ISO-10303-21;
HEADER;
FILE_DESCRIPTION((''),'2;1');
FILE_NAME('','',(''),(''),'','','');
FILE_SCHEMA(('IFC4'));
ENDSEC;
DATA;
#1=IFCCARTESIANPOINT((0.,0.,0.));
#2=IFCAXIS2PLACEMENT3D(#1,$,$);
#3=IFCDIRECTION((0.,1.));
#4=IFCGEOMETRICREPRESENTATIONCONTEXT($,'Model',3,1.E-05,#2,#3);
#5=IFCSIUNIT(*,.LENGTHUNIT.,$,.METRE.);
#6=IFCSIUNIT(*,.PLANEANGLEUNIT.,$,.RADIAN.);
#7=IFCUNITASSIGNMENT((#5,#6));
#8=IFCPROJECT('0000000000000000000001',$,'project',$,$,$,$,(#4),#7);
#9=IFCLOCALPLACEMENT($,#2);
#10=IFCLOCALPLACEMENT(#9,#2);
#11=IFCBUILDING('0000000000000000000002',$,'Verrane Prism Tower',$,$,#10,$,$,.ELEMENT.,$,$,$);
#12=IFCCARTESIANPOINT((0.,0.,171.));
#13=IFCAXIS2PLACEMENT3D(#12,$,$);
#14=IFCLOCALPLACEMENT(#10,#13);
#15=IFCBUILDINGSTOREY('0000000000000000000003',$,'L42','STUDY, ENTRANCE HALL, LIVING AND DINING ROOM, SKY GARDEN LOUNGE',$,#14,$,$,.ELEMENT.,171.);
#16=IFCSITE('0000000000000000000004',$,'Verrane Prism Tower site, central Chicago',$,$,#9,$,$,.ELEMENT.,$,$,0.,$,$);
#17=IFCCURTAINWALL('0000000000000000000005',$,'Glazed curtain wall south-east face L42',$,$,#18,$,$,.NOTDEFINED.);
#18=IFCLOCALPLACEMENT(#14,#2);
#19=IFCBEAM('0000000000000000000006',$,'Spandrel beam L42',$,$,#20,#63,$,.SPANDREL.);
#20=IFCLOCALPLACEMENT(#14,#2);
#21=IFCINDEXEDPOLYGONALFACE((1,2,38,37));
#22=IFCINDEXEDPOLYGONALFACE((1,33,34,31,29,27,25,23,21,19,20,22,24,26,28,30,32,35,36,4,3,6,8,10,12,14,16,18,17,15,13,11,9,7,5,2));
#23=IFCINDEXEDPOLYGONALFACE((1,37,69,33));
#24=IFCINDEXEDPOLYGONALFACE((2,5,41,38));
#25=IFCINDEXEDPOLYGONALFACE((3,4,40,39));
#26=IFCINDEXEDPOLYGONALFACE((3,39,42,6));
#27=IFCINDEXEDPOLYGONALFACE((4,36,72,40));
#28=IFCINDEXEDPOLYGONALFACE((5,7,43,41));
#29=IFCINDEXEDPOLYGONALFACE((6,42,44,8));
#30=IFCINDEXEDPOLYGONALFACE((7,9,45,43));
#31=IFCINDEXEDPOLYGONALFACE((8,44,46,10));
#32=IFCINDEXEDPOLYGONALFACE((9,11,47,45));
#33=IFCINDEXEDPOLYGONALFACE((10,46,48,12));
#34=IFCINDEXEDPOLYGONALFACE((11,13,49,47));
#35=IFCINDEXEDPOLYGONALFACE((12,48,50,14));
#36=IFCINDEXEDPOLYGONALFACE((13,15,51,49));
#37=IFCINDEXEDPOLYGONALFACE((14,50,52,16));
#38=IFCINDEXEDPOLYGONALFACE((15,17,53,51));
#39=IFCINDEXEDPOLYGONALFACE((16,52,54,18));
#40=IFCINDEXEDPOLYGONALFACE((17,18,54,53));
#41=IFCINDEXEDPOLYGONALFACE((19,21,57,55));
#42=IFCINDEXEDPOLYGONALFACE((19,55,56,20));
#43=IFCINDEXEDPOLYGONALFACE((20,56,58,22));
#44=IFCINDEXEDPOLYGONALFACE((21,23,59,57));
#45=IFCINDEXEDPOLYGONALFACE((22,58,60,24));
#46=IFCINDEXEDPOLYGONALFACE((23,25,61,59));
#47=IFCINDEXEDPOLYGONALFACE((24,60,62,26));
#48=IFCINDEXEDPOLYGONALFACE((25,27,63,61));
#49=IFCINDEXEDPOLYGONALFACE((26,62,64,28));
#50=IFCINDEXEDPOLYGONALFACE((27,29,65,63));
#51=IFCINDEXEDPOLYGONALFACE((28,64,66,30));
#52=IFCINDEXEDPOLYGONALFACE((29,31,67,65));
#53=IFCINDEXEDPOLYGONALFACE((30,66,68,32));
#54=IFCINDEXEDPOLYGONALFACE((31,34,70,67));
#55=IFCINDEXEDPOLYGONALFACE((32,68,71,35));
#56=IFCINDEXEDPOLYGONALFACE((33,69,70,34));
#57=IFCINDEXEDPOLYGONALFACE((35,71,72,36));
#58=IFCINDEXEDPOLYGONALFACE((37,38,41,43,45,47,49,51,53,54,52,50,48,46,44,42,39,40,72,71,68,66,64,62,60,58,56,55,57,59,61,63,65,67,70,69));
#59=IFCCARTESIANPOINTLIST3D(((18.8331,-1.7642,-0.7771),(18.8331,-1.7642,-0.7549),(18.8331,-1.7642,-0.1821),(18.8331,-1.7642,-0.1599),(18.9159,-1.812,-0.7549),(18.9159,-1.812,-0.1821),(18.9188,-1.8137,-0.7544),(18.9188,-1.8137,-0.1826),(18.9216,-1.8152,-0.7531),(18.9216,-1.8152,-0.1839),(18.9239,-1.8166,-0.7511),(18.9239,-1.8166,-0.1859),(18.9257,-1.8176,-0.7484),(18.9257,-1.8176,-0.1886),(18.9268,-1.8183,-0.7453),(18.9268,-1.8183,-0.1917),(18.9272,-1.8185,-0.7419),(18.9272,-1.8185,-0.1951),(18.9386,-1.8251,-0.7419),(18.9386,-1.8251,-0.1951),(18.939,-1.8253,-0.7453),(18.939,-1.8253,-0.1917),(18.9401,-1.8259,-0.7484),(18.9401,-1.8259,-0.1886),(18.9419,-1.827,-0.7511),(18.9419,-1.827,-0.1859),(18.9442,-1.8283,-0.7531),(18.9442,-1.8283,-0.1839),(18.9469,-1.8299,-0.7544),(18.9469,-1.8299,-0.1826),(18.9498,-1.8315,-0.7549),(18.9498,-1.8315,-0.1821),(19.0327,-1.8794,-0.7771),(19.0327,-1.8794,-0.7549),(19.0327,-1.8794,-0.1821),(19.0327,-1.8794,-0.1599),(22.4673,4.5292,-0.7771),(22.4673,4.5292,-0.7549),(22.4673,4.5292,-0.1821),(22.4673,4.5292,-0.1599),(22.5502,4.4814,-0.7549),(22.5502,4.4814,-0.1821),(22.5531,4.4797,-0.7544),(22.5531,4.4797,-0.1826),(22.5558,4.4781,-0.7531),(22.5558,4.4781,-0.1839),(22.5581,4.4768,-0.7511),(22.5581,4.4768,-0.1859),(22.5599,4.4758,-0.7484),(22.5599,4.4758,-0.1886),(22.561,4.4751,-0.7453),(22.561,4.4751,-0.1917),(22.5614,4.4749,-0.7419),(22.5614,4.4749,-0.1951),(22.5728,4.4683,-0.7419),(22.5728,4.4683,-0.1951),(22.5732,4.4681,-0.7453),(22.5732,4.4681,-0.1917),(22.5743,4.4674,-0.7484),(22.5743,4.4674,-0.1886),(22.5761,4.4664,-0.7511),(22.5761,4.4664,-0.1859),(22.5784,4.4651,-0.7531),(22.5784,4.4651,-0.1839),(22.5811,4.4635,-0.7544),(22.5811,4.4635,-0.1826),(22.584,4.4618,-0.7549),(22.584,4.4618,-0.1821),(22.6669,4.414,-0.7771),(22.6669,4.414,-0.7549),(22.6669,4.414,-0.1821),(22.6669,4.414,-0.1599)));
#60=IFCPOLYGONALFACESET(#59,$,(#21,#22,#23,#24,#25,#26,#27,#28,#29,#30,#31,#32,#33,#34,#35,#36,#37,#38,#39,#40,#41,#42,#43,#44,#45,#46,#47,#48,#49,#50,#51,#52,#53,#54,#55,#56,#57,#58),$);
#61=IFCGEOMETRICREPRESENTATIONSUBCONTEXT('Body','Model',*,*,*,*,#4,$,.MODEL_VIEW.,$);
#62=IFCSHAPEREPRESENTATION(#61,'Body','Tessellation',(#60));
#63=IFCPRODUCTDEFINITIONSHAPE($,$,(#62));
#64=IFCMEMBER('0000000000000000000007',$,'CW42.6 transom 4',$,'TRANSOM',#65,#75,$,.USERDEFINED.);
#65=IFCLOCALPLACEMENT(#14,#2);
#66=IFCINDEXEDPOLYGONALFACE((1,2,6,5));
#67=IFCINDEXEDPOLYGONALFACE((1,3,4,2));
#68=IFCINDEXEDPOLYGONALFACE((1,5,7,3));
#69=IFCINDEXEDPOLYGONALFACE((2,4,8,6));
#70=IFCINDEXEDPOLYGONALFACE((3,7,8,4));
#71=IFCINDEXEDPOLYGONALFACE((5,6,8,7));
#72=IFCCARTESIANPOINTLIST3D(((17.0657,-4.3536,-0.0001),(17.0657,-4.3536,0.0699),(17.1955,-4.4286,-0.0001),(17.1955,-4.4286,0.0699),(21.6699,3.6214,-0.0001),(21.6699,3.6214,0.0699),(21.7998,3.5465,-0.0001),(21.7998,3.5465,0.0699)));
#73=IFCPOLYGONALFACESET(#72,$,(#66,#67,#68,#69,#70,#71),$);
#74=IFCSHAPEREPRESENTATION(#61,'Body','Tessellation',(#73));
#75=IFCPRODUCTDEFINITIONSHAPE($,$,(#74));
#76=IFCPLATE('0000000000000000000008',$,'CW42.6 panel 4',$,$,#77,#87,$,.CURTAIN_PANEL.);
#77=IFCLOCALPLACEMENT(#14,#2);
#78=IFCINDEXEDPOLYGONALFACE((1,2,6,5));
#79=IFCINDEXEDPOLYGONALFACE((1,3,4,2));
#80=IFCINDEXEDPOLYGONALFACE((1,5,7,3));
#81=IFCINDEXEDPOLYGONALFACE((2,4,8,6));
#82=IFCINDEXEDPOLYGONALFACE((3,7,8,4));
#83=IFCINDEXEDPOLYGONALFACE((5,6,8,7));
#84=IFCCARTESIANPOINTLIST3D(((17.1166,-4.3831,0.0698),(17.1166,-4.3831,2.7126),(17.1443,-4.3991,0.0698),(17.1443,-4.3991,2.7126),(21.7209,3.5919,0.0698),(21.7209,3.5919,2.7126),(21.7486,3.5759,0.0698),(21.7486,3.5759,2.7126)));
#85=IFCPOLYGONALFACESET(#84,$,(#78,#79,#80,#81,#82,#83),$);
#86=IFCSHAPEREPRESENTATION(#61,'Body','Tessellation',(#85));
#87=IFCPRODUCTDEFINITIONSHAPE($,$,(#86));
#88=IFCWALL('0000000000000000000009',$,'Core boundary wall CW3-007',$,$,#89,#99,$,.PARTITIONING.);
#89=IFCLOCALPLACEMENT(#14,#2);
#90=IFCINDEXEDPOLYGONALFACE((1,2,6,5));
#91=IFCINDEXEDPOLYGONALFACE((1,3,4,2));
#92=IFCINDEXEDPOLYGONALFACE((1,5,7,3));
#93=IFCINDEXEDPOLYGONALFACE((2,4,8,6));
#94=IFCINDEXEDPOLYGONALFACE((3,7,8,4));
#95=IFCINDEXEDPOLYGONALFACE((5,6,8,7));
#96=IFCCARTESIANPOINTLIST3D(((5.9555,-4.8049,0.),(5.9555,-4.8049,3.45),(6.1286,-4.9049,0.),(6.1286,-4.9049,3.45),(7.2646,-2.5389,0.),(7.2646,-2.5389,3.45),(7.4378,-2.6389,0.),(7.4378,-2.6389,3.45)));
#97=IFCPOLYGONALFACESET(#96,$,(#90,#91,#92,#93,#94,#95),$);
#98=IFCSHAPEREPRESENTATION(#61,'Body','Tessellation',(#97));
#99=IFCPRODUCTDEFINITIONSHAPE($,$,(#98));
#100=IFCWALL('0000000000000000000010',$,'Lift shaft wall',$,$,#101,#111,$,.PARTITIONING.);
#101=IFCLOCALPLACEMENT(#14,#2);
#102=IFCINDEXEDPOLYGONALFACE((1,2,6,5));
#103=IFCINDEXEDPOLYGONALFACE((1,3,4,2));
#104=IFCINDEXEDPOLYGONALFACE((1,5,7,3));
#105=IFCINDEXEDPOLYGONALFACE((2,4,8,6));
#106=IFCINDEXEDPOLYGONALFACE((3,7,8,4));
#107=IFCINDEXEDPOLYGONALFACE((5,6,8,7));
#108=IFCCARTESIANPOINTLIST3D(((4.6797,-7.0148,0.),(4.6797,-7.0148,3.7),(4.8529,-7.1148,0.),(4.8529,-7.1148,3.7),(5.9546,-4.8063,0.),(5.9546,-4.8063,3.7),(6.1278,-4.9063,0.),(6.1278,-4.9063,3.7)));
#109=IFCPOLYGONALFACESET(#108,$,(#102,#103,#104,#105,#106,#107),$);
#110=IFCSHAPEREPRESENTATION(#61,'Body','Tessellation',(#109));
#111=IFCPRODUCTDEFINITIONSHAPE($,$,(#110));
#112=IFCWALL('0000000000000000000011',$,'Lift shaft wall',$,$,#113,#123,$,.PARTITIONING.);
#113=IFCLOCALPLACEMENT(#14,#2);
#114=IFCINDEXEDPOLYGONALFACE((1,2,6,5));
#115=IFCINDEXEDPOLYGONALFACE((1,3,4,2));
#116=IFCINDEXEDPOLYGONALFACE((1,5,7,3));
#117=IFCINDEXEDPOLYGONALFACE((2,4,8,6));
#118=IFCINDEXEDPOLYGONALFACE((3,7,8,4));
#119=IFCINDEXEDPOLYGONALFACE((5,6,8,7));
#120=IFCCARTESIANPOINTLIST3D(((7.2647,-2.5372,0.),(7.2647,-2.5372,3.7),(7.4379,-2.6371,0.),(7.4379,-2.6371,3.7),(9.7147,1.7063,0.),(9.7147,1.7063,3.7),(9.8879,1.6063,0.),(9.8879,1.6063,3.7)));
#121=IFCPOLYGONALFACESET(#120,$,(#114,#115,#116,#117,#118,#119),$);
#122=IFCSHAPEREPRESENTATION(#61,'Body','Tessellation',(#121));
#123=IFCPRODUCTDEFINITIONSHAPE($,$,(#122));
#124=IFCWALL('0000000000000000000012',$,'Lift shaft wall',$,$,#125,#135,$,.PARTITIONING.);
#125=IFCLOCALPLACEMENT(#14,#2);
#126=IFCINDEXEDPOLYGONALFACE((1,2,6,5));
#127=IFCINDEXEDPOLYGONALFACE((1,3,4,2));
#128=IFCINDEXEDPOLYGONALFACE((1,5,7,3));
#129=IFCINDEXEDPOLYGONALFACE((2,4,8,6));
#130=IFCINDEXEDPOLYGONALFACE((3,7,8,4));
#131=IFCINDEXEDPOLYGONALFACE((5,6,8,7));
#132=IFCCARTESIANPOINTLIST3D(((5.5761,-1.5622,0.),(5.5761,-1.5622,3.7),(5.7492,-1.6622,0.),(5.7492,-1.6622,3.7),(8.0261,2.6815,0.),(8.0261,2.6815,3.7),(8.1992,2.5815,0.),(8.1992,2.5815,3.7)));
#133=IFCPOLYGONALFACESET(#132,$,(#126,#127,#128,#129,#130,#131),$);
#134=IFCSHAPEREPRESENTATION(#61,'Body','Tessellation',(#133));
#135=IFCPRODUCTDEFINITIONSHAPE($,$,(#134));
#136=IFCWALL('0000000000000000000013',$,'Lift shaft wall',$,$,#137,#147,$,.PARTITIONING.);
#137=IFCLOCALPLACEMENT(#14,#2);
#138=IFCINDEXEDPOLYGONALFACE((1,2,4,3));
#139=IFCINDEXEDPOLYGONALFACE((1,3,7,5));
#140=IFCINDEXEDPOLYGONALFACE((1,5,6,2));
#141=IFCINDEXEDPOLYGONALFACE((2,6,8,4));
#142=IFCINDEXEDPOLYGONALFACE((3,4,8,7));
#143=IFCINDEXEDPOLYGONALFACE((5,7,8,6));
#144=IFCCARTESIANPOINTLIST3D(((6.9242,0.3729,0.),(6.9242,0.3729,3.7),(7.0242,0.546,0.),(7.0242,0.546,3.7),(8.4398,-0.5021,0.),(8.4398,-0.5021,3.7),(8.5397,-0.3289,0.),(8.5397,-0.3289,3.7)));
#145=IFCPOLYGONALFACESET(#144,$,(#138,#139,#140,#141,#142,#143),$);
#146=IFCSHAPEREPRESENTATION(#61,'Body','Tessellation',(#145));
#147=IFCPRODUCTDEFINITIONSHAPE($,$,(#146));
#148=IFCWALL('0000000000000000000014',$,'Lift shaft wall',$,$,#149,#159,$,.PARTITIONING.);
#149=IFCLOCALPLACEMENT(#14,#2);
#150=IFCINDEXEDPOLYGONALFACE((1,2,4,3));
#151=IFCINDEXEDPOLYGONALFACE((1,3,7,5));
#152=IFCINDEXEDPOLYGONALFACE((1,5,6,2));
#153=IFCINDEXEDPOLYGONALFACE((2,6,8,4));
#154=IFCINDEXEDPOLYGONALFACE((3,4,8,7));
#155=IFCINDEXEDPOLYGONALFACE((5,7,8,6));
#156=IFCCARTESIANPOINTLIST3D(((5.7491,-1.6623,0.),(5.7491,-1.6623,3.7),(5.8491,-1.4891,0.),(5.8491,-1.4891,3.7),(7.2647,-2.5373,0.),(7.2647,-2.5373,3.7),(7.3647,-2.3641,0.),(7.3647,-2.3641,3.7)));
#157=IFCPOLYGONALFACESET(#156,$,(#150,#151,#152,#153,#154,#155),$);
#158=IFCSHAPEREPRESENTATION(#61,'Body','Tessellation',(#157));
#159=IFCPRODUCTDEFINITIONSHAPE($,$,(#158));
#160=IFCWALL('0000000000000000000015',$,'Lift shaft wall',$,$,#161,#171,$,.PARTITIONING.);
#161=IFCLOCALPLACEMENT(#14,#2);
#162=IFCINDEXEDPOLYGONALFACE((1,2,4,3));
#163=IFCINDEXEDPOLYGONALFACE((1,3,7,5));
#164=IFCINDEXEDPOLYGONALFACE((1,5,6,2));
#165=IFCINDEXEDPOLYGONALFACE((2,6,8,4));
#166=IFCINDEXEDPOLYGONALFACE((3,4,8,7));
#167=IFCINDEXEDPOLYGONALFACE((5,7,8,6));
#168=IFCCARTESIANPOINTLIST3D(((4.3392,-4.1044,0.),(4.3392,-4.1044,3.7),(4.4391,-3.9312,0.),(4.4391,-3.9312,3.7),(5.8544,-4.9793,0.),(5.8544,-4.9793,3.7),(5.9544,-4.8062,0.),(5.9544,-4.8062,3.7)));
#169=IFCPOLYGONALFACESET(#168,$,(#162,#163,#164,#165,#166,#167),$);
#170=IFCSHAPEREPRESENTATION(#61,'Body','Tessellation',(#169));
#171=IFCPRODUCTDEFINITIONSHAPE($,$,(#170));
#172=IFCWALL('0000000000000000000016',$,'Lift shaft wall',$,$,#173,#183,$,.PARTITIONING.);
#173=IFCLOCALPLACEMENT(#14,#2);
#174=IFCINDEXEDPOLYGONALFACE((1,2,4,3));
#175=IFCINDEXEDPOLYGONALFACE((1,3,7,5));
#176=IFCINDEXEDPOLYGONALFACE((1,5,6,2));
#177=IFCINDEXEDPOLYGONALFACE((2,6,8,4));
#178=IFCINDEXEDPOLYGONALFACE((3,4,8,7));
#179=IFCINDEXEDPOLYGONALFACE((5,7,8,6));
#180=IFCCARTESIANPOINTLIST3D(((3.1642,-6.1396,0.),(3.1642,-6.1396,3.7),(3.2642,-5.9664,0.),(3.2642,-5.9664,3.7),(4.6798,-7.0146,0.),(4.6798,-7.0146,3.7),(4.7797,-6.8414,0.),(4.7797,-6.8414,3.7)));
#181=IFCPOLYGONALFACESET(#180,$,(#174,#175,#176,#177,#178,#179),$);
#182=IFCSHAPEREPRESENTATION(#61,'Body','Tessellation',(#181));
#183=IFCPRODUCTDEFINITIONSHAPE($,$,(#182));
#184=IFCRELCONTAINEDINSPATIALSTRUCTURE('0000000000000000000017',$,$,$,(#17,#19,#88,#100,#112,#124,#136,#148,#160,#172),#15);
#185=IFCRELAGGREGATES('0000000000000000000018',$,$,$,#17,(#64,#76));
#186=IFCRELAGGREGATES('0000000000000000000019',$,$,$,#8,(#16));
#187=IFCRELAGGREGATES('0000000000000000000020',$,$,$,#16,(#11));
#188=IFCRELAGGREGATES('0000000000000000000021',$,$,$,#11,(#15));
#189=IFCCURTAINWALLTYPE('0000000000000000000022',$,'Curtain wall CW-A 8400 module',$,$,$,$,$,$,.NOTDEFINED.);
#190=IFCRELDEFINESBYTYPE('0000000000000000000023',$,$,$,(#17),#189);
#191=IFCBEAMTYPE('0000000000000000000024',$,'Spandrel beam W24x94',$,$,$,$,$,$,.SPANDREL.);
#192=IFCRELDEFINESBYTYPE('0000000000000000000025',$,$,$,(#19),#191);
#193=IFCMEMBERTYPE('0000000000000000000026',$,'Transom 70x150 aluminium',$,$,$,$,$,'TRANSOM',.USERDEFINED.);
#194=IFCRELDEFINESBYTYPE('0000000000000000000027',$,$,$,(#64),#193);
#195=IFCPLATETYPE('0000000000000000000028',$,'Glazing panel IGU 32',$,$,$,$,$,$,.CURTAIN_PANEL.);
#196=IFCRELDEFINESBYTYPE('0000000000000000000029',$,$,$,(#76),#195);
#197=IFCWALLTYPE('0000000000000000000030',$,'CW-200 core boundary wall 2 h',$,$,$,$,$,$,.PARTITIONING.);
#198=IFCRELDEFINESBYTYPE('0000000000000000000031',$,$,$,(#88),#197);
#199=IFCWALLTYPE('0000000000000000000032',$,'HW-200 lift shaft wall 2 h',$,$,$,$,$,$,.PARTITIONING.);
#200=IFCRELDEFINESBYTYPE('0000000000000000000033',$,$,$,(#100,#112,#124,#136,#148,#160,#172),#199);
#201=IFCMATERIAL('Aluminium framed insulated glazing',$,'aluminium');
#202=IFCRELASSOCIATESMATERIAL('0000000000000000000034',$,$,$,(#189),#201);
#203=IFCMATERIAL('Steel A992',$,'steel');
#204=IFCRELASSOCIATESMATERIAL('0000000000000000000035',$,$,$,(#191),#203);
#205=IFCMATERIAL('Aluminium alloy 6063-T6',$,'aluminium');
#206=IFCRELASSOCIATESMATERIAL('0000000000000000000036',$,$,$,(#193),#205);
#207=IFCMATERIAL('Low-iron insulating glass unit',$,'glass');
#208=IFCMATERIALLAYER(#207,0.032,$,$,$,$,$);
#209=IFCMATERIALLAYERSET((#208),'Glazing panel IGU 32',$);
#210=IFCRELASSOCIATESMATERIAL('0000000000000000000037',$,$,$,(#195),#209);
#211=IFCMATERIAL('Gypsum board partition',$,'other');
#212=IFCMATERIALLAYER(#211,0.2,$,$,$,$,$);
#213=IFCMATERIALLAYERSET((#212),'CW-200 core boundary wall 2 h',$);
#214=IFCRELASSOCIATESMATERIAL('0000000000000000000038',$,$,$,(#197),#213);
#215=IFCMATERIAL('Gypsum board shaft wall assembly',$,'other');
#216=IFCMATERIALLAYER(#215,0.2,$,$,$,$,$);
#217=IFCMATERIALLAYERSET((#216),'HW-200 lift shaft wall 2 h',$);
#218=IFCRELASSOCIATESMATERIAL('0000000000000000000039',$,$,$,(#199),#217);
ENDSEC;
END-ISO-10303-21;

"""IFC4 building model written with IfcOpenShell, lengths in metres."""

from ifc_helpers import new_model, si_unit, direction, frame, frame_2d, origin, origin_2d, place, context, subcontext, project, spatial, rectangle, i_section, extrude, material, layer, layer_set, material_profile, profile_set, type_object, element, aggregate, save


model = new_model("IFC4")

# Units and contexts
model_context = context("Model", 3, precision=1e-05, world=origin(), true_north=direction((0.0, 1.0)))
body_context = subcontext(model_context, "Body", "Model", "MODEL_VIEW")
ifc_project = project(units=[si_unit("LENGTHUNIT", "METRE"), si_unit("PLANEANGLEUNIT", "RADIAN")], contexts=[model_context])

# Site, building, storey
site_placement = place(None, origin())
site = spatial("IfcSite", under=ifc_project, at=site_placement, Name="Verrane Prism Tower site, central Chicago", CompositionType="ELEMENT", RefElevation=0.0)
building_placement = place(site_placement, origin())
building = spatial("IfcBuilding", under=site, at=building_placement, Name="Verrane Prism Tower", CompositionType="ELEMENT")
storey_placement = place(building_placement, frame((0.0, 0.0, 171.0)))
storey = spatial("IfcBuildingStorey", under=building, at=storey_placement, Name="L42", Description="STUDY, ENTRANCE HALL, LIVING AND DINING ROOM, SKY GARDEN LOUNGE", CompositionType="ELEMENT", Elevation=171.0)

# Curtain wall
ifc_material_1 = material(Name="Aluminium framed insulated glazing", Category="aluminium")
curtain_wall_type = type_object("IfcCurtainWallType", Name="Curtain wall CW-A 8400 module", PredefinedType="NOTDEFINED", material=ifc_material_1)
curtain_wall_placement = place(storey_placement, origin())
curtain_wall = element("IfcCurtainWall", 1, at=curtain_wall_placement, inside=storey, type_object=curtain_wall_type, Name="Glazed curtain wall south-east face L42", PredefinedType="NOTDEFINED")

# Beam
ifc_material_2 = material(Name="Steel A992", Category="steel")
ifc_material_profile_1 = material_profile(ifc_material_2, i_section(OverallWidth=0.2305, OverallDepth=0.6172, WebThickness=0.0132, FlangeThickness=0.0222, FilletRadius=0.0129, at=origin_2d()), Name="W24x94")
ifc_profile_set_1 = profile_set([ifc_material_profile_1], Name="Steel A992")
beam_type_1 = type_object("IfcBeamType", Name="Spandrel beam W24x94", PredefinedType="SPANDREL", material=ifc_profile_set_1)
beam_1_placement = place(storey_placement, frame((18.9329, -1.8218, -0.4685), z_axis=(0.500077, 0.865981, 0.0), x_axis=(-0.865981, 0.500077, 0.0)))
element("IfcBeam", 2, at=beam_1_placement, inside=storey, type_object=beam_type_1, Name="Spandrel beam L42", PredefinedType="SPANDREL", context=body_context, shape_type="SweptSolid", body=[
    extrude(i_section(OverallWidth=0.2305, OverallDepth=0.6172, WebThickness=0.0132, FlangeThickness=0.0222, FilletRadius=0.0129, at=origin_2d()), origin(), (0.0, 0.0, 1.0), 7.2673),
])

# Member
ifc_material_3 = material(Name="Aluminium alloy 6063-T6", Category="aluminium")
ifc_material_profile_2 = material_profile(ifc_material_3, rectangle(XDim=0.1499, YDim=0.0701, at=origin_2d()), Name="Transom 70x150 aluminium")
ifc_profile_set_2 = profile_set([ifc_material_profile_2], Name="Aluminium alloy 6063-T6")
member_type_1 = type_object("IfcMemberType", Name="Transom 70x150 aluminium", ElementType="TRANSOM", PredefinedType="USERDEFINED", material=ifc_profile_set_2)
member_1_placement = place(storey_placement, frame((17.1306, -4.3911, 0.0349), z_axis=(0.499986, 0.866034, 0.0), x_axis=(-0.866034, 0.499986, 0.0)))
member_1 = element("IfcMember", 3, at=member_1_placement, type_object=member_type_1, Name="CW42.6 transom 4", ObjectType="TRANSOM", PredefinedType="USERDEFINED", context=body_context, shape_type="SweptSolid", body=[
    extrude(rectangle(XDim=0.1499, YDim=0.0701, at=origin_2d()), origin(), (0.0, 0.0, 1.0), 9.2087),
])

# Plate
ifc_material_4 = material(Name="Low-iron insulating glass unit", Category="glass")
ifc_layer_1 = layer(ifc_material_4, 0.032)
ifc_layer_set_1 = layer_set([ifc_layer_1], Name="Glazing panel IGU 32")
plate_type = type_object("IfcPlateType", Name="Glazing panel IGU 32", PredefinedType="CURTAIN_PANEL", material=ifc_layer_set_1)
plate_placement = place(storey_placement, frame((19.4326, -0.4036, 0.0698), z_axis=(0.0, 0.0, 1.0), x_axis=(0.499998, 0.866026, 0.0)))
plate = element("IfcPlate", 4, at=plate_placement, type_object=plate_type, Name="CW42.6 panel 4", PredefinedType="CURTAIN_PANEL", context=body_context, shape_type="SweptSolid", body=[
    extrude(rectangle(XDim=9.2087, YDim=0.032, at=origin_2d()), origin(), (0.0, 0.0, 1.0), 2.6428),
])
aggregate(curtain_wall, [member_1, plate])

# Walls
ifc_material_5 = material(Name="Gypsum board partition", Category="other")
ifc_layer_2 = layer(ifc_material_5, 0.2)
ifc_layer_set_2 = layer_set([ifc_layer_2], Name="CW-200 core boundary wall 2 h")
wall_type_1 = type_object("IfcWallType", Name="CW-200 core boundary wall 2 h", PredefinedType="PARTITIONING", material=ifc_layer_set_2)
wall_1_placement = place(storey_placement, frame((6.042, -4.855, 0.0), z_axis=(0.0, 0.0, 1.0), x_axis=(0.500253, 0.865879, 0.0)))
element("IfcWall", 5, at=wall_1_placement, inside=storey, type_object=wall_type_1, Name="Core boundary wall CW3-007", PredefinedType="PARTITIONING", context=body_context, shape_type="SweptSolid", body=[
    extrude(rectangle(XDim=2.6169, YDim=0.2, at=frame_2d((1.3086, 0.0))), origin(), (0.0, 0.0, 1.0), 3.45),
])
ifc_material_6 = material(Name="Gypsum board shaft wall assembly", Category="other")
ifc_layer_3 = layer(ifc_material_6, 0.2)
ifc_layer_set_3 = layer_set([ifc_layer_3], Name="HW-200 lift shaft wall 2 h")
wall_type_2 = type_object("IfcWallType", Name="HW-200 lift shaft wall 2 h", PredefinedType="PARTITIONING", material=ifc_layer_set_3)
wall_2_placement = place(storey_placement, frame((4.7664, -7.0647, 0.0), z_axis=(0.0, 0.0, 1.0), x_axis=(0.499949, 0.866055, 0.0)))
element("IfcWall", 6, at=wall_2_placement, inside=storey, type_object=wall_type_2, Name="Lift shaft wall", PredefinedType="PARTITIONING", context=body_context, shape_type="SweptSolid", body=[
    extrude(rectangle(XDim=2.55, YDim=0.2, at=frame_2d((1.2749, 0.0))), origin(), (0.0, 0.0, 1.0), 3.7),
])
wall_3_placement = place(storey_placement, frame((7.3513, -2.5872, 0.0), z_axis=(0.0, 0.0, 1.0), x_axis=(0.500003, 0.866024, 0.0)))
element("IfcWall", 7, at=wall_3_placement, inside=storey, type_object=wall_type_2, Name="Lift shaft wall", PredefinedType="PARTITIONING", context=body_context, shape_type="SweptSolid", body=[
    extrude(rectangle(XDim=4.8999, YDim=0.2, at=frame_2d((2.45, 0.0))), origin(), (0.0, 0.0, 1.0), 3.7),
])
wall_4_placement = place(storey_placement, frame((5.6626, -1.6123, 0.0), z_axis=(0.0, 0.0, 1.0), x_axis=(0.499981, 0.866036, 0.0)))
element("IfcWall", 8, at=wall_4_placement, inside=storey, type_object=wall_type_2, Name="Lift shaft wall", PredefinedType="PARTITIONING", context=body_context, shape_type="SweptSolid", body=[
    extrude(rectangle(XDim=4.9001, YDim=0.2, at=frame_2d((2.4502, 0.0))), origin(), (0.0, 0.0, 1.0), 3.7),
])
for number, where, z_axis, x_axis, name in (
    (9, (8.4897, -0.4155, 0.0), (0.0, 0.0, 1.0), (-0.866037, 0.49998, 0.0), "Lift shaft wall"),
    (10, (7.3147, -2.4507, 0.0), (0.0, 0.0, 1.0), (-0.866037, 0.49998, 0.0), "Lift shaft wall"),
):
    element("IfcWall", number, at=place(storey_placement, frame(where, z_axis=z_axis, x_axis=x_axis)), inside=storey, type_object=wall_type_2, Name=name, PredefinedType="PARTITIONING", context=body_context, shape_type="SweptSolid", body=[
        extrude(rectangle(XDim=1.75, YDim=0.2, at=frame_2d((0.875, 0.0))), origin(), (0.0, 0.0, 1.0), 3.7),
    ])
wall_5_placement = place(storey_placement, frame((5.9045, -4.8928, 0.0), z_axis=(0.0, 0.0, 1.0), x_axis=(-0.866002, 0.50004, 0.0)))
element("IfcWall", 11, at=wall_5_placement, inside=storey, type_object=wall_type_2, Name="Lift shaft wall", PredefinedType="PARTITIONING", context=body_context, shape_type="SweptSolid", body=[
    extrude(rectangle(XDim=1.7498, YDim=0.2, at=frame_2d((0.875, 0.0))), origin(), (0.0, 0.0, 1.0), 3.7),
])
wall_6_placement = place(storey_placement, frame((4.7297, -6.928, 0.0), z_axis=(0.0, 0.0, 1.0), x_axis=(-0.866037, 0.49998, 0.0)))
element("IfcWall", 12, at=wall_6_placement, inside=storey, type_object=wall_type_2, Name="Lift shaft wall", PredefinedType="PARTITIONING", context=body_context, shape_type="SweptSolid", body=[
    extrude(rectangle(XDim=1.75, YDim=0.2, at=frame_2d((0.875, 0.0))), origin(), (0.0, 0.0, 1.0), 3.7),
])

save(model, "model.ifc")
